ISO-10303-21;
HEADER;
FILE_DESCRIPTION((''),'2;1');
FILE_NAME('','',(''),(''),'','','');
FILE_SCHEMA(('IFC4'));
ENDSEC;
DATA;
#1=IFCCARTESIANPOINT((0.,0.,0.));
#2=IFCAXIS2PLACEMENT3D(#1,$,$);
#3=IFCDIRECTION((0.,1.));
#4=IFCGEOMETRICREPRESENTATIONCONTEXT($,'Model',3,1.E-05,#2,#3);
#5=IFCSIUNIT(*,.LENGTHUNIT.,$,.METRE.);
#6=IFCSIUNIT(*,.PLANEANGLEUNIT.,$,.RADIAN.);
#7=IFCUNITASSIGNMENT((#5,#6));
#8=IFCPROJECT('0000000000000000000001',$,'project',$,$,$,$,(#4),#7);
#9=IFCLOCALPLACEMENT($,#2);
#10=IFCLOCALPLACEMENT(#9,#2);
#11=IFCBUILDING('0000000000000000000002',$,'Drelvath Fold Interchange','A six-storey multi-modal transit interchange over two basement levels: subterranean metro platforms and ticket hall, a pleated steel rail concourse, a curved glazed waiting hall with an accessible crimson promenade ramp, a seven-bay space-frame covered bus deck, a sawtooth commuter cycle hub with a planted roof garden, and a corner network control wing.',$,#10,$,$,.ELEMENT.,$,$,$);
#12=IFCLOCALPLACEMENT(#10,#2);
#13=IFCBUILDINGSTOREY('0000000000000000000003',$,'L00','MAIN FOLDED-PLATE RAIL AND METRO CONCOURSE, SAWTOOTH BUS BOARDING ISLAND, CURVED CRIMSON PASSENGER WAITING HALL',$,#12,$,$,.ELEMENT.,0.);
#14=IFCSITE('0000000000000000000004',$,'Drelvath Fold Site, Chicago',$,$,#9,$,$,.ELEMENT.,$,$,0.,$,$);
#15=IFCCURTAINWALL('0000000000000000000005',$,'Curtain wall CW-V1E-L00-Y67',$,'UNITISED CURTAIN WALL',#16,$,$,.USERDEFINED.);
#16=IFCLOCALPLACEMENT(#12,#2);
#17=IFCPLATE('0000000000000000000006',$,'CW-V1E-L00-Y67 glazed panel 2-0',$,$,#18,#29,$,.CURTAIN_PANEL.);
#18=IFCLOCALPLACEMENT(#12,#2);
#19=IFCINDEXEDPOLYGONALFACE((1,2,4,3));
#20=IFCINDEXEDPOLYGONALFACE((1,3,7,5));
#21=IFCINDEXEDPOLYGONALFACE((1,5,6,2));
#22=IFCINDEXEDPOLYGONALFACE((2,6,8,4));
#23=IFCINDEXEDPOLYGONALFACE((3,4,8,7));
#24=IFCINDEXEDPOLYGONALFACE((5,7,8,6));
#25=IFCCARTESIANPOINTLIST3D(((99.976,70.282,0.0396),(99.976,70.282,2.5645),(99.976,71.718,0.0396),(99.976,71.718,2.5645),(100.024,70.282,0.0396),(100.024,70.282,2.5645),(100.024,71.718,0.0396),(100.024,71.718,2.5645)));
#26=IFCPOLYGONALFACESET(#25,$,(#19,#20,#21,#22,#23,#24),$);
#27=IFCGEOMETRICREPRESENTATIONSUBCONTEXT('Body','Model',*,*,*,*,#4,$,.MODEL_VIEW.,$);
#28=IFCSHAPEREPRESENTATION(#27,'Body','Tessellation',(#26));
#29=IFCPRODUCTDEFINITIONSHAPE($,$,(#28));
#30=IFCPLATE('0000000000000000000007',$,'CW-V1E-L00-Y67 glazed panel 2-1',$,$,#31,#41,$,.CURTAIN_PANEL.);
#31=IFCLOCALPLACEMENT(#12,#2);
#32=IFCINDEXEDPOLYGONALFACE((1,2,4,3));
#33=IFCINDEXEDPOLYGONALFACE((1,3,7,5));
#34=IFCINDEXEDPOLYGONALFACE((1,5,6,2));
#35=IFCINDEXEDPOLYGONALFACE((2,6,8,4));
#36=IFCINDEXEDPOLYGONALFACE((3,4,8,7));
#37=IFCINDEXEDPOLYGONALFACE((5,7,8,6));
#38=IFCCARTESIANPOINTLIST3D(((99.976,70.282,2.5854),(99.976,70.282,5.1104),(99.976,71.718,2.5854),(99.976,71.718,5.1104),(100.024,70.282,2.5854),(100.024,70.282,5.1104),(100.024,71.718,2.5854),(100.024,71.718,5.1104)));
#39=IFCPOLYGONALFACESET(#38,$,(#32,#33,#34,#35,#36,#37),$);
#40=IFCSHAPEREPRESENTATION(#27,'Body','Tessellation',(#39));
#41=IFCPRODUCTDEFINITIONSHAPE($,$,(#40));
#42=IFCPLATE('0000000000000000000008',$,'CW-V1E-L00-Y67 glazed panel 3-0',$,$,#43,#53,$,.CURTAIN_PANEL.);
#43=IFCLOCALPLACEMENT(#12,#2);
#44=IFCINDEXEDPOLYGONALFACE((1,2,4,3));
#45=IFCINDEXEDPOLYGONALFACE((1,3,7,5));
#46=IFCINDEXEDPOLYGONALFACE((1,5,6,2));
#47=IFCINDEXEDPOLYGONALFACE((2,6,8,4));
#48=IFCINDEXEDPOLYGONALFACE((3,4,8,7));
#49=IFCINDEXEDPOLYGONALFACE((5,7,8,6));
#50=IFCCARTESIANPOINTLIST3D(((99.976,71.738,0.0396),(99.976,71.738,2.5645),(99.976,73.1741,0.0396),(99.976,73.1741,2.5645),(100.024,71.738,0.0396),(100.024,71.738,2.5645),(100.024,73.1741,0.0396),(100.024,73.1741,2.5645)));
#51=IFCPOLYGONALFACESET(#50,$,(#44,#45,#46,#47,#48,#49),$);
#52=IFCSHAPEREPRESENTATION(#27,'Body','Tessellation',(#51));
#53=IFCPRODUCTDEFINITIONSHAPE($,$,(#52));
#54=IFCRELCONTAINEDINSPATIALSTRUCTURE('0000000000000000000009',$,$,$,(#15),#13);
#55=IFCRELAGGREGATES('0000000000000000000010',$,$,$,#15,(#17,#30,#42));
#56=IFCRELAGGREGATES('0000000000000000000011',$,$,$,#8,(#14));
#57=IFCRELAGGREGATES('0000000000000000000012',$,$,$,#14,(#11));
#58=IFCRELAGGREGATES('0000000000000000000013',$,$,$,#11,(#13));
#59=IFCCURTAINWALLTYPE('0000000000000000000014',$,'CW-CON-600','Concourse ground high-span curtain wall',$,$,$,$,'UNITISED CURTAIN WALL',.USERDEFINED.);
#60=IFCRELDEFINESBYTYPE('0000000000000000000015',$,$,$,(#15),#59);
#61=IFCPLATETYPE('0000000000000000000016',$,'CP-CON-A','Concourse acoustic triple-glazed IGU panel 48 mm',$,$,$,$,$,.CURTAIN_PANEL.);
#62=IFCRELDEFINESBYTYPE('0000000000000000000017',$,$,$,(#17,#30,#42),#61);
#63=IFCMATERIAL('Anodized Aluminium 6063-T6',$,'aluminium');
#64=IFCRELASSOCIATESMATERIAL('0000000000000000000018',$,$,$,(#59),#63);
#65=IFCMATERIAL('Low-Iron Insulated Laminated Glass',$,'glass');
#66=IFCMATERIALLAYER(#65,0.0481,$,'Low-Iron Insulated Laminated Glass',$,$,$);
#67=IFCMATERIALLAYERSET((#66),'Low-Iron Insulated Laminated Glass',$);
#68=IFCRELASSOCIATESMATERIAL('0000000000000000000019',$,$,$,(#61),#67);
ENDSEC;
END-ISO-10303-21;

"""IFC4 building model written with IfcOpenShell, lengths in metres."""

from ifc_helpers import new_model, si_unit, direction, frame, origin, origin_2d, place, context, subcontext, project, spatial, rectangle, extrude, material, layer, layer_set, type_object, element, aggregate, save


model = new_model("IFC4")

# Units and contexts
model_context = context("Model", 3, precision=1e-05, world=origin(), true_north=direction((0.0, 1.0)))
body_context = subcontext(model_context, "Body", "Model", "MODEL_VIEW")
ifc_project = project(units=[si_unit("LENGTHUNIT", "METRE"), si_unit("PLANEANGLEUNIT", "RADIAN")], contexts=[model_context])

# Site, building, storey
site_placement = place(None, origin())
site = spatial("IfcSite", under=ifc_project, at=site_placement, Name="Drelvath Fold Site, Chicago", CompositionType="ELEMENT", RefElevation=0.0)
building_placement = place(site_placement, origin())
building = spatial("IfcBuilding", under=site, at=building_placement, Name="Drelvath Fold Interchange", Description="A six-storey multi-modal transit interchange over two basement levels: subterranean metro platforms and ticket hall, a pleated steel rail concourse, a curved glazed waiting hall with an accessible crimson promenade ramp, a seven-bay space-frame covered bus deck, a sawtooth commuter cycle hub with a planted roof garden, and a corner network control wing.", CompositionType="ELEMENT")
storey_placement = place(building_placement, origin())
storey = spatial("IfcBuildingStorey", under=building, at=storey_placement, Name="L00", Description="MAIN FOLDED-PLATE RAIL AND METRO CONCOURSE, SAWTOOTH BUS BOARDING ISLAND, CURVED CRIMSON PASSENGER WAITING HALL", CompositionType="ELEMENT", Elevation=0.0)

# Curtain wall
ifc_material_1 = material(Name="Anodized Aluminium 6063-T6", Category="aluminium")
curtain_wall_type = type_object("IfcCurtainWallType", Name="CW-CON-600", Description="Concourse ground high-span curtain wall", ElementType="UNITISED CURTAIN WALL", PredefinedType="USERDEFINED", material=ifc_material_1)
curtain_wall_1_placement = place(storey_placement, origin())
curtain_wall_1 = element("IfcCurtainWall", 1, at=curtain_wall_1_placement, inside=storey, type_object=curtain_wall_type, Name="Curtain wall CW-V1E-L00-Y67", ObjectType="UNITISED CURTAIN WALL", PredefinedType="USERDEFINED")

# Plates
ifc_material_2 = material(Name="Low-Iron Insulated Laminated Glass", Category="glass")
ifc_layer = layer(ifc_material_2, 0.0481, Name="Low-Iron Insulated Laminated Glass")
ifc_layer_set = layer_set([ifc_layer], Name="Low-Iron Insulated Laminated Glass")
plate_type = type_object("IfcPlateType", Name="CP-CON-A", Description="Concourse acoustic triple-glazed IGU panel 48 mm", PredefinedType="CURTAIN_PANEL", material=ifc_layer_set)
plate_1_placement = place(storey_placement, frame((100.0, 71.0, 0.0396), z_axis=(0.0, 0.0, 1.0), x_axis=(0.0, 1.0, 0.0)))
plate_1 = element("IfcPlate", 2, at=plate_1_placement, type_object=plate_type, Name="CW-V1E-L00-Y67 glazed panel 2-0", PredefinedType="CURTAIN_PANEL", context=body_context, shape_type="SweptSolid", body=[
    extrude(rectangle(XDim=1.436, YDim=0.0481, at=origin_2d()), origin(), (0.0, 0.0, 1.0), 2.5249),
])
plate_2_placement = place(storey_placement, frame((100.0, 71.0, 2.5854), z_axis=(0.0, 0.0, 1.0), x_axis=(0.0, 1.0, 0.0)))
plate_2 = element("IfcPlate", 3, at=plate_2_placement, type_object=plate_type, Name="CW-V1E-L00-Y67 glazed panel 2-1", PredefinedType="CURTAIN_PANEL", context=body_context, shape_type="SweptSolid", body=[
    extrude(rectangle(XDim=1.436, YDim=0.0481, at=origin_2d()), origin(), (0.0, 0.0, 1.0), 2.5249),
])
plate_3_placement = place(storey_placement, frame((100.0, 72.4561, 0.0396), z_axis=(0.0, 0.0, 1.0), x_axis=(0.0, 1.0, 0.0)))
plate_3 = element("IfcPlate", 4, at=plate_3_placement, type_object=plate_type, Name="CW-V1E-L00-Y67 glazed panel 3-0", PredefinedType="CURTAIN_PANEL", context=body_context, shape_type="SweptSolid", body=[
    extrude(rectangle(XDim=1.436, YDim=0.0481, at=origin_2d()), origin(), (0.0, 0.0, 1.0), 2.5249),
])
aggregate(curtain_wall_1, [plate_1, plate_2, plate_3])

save(model, "model.ifc")
